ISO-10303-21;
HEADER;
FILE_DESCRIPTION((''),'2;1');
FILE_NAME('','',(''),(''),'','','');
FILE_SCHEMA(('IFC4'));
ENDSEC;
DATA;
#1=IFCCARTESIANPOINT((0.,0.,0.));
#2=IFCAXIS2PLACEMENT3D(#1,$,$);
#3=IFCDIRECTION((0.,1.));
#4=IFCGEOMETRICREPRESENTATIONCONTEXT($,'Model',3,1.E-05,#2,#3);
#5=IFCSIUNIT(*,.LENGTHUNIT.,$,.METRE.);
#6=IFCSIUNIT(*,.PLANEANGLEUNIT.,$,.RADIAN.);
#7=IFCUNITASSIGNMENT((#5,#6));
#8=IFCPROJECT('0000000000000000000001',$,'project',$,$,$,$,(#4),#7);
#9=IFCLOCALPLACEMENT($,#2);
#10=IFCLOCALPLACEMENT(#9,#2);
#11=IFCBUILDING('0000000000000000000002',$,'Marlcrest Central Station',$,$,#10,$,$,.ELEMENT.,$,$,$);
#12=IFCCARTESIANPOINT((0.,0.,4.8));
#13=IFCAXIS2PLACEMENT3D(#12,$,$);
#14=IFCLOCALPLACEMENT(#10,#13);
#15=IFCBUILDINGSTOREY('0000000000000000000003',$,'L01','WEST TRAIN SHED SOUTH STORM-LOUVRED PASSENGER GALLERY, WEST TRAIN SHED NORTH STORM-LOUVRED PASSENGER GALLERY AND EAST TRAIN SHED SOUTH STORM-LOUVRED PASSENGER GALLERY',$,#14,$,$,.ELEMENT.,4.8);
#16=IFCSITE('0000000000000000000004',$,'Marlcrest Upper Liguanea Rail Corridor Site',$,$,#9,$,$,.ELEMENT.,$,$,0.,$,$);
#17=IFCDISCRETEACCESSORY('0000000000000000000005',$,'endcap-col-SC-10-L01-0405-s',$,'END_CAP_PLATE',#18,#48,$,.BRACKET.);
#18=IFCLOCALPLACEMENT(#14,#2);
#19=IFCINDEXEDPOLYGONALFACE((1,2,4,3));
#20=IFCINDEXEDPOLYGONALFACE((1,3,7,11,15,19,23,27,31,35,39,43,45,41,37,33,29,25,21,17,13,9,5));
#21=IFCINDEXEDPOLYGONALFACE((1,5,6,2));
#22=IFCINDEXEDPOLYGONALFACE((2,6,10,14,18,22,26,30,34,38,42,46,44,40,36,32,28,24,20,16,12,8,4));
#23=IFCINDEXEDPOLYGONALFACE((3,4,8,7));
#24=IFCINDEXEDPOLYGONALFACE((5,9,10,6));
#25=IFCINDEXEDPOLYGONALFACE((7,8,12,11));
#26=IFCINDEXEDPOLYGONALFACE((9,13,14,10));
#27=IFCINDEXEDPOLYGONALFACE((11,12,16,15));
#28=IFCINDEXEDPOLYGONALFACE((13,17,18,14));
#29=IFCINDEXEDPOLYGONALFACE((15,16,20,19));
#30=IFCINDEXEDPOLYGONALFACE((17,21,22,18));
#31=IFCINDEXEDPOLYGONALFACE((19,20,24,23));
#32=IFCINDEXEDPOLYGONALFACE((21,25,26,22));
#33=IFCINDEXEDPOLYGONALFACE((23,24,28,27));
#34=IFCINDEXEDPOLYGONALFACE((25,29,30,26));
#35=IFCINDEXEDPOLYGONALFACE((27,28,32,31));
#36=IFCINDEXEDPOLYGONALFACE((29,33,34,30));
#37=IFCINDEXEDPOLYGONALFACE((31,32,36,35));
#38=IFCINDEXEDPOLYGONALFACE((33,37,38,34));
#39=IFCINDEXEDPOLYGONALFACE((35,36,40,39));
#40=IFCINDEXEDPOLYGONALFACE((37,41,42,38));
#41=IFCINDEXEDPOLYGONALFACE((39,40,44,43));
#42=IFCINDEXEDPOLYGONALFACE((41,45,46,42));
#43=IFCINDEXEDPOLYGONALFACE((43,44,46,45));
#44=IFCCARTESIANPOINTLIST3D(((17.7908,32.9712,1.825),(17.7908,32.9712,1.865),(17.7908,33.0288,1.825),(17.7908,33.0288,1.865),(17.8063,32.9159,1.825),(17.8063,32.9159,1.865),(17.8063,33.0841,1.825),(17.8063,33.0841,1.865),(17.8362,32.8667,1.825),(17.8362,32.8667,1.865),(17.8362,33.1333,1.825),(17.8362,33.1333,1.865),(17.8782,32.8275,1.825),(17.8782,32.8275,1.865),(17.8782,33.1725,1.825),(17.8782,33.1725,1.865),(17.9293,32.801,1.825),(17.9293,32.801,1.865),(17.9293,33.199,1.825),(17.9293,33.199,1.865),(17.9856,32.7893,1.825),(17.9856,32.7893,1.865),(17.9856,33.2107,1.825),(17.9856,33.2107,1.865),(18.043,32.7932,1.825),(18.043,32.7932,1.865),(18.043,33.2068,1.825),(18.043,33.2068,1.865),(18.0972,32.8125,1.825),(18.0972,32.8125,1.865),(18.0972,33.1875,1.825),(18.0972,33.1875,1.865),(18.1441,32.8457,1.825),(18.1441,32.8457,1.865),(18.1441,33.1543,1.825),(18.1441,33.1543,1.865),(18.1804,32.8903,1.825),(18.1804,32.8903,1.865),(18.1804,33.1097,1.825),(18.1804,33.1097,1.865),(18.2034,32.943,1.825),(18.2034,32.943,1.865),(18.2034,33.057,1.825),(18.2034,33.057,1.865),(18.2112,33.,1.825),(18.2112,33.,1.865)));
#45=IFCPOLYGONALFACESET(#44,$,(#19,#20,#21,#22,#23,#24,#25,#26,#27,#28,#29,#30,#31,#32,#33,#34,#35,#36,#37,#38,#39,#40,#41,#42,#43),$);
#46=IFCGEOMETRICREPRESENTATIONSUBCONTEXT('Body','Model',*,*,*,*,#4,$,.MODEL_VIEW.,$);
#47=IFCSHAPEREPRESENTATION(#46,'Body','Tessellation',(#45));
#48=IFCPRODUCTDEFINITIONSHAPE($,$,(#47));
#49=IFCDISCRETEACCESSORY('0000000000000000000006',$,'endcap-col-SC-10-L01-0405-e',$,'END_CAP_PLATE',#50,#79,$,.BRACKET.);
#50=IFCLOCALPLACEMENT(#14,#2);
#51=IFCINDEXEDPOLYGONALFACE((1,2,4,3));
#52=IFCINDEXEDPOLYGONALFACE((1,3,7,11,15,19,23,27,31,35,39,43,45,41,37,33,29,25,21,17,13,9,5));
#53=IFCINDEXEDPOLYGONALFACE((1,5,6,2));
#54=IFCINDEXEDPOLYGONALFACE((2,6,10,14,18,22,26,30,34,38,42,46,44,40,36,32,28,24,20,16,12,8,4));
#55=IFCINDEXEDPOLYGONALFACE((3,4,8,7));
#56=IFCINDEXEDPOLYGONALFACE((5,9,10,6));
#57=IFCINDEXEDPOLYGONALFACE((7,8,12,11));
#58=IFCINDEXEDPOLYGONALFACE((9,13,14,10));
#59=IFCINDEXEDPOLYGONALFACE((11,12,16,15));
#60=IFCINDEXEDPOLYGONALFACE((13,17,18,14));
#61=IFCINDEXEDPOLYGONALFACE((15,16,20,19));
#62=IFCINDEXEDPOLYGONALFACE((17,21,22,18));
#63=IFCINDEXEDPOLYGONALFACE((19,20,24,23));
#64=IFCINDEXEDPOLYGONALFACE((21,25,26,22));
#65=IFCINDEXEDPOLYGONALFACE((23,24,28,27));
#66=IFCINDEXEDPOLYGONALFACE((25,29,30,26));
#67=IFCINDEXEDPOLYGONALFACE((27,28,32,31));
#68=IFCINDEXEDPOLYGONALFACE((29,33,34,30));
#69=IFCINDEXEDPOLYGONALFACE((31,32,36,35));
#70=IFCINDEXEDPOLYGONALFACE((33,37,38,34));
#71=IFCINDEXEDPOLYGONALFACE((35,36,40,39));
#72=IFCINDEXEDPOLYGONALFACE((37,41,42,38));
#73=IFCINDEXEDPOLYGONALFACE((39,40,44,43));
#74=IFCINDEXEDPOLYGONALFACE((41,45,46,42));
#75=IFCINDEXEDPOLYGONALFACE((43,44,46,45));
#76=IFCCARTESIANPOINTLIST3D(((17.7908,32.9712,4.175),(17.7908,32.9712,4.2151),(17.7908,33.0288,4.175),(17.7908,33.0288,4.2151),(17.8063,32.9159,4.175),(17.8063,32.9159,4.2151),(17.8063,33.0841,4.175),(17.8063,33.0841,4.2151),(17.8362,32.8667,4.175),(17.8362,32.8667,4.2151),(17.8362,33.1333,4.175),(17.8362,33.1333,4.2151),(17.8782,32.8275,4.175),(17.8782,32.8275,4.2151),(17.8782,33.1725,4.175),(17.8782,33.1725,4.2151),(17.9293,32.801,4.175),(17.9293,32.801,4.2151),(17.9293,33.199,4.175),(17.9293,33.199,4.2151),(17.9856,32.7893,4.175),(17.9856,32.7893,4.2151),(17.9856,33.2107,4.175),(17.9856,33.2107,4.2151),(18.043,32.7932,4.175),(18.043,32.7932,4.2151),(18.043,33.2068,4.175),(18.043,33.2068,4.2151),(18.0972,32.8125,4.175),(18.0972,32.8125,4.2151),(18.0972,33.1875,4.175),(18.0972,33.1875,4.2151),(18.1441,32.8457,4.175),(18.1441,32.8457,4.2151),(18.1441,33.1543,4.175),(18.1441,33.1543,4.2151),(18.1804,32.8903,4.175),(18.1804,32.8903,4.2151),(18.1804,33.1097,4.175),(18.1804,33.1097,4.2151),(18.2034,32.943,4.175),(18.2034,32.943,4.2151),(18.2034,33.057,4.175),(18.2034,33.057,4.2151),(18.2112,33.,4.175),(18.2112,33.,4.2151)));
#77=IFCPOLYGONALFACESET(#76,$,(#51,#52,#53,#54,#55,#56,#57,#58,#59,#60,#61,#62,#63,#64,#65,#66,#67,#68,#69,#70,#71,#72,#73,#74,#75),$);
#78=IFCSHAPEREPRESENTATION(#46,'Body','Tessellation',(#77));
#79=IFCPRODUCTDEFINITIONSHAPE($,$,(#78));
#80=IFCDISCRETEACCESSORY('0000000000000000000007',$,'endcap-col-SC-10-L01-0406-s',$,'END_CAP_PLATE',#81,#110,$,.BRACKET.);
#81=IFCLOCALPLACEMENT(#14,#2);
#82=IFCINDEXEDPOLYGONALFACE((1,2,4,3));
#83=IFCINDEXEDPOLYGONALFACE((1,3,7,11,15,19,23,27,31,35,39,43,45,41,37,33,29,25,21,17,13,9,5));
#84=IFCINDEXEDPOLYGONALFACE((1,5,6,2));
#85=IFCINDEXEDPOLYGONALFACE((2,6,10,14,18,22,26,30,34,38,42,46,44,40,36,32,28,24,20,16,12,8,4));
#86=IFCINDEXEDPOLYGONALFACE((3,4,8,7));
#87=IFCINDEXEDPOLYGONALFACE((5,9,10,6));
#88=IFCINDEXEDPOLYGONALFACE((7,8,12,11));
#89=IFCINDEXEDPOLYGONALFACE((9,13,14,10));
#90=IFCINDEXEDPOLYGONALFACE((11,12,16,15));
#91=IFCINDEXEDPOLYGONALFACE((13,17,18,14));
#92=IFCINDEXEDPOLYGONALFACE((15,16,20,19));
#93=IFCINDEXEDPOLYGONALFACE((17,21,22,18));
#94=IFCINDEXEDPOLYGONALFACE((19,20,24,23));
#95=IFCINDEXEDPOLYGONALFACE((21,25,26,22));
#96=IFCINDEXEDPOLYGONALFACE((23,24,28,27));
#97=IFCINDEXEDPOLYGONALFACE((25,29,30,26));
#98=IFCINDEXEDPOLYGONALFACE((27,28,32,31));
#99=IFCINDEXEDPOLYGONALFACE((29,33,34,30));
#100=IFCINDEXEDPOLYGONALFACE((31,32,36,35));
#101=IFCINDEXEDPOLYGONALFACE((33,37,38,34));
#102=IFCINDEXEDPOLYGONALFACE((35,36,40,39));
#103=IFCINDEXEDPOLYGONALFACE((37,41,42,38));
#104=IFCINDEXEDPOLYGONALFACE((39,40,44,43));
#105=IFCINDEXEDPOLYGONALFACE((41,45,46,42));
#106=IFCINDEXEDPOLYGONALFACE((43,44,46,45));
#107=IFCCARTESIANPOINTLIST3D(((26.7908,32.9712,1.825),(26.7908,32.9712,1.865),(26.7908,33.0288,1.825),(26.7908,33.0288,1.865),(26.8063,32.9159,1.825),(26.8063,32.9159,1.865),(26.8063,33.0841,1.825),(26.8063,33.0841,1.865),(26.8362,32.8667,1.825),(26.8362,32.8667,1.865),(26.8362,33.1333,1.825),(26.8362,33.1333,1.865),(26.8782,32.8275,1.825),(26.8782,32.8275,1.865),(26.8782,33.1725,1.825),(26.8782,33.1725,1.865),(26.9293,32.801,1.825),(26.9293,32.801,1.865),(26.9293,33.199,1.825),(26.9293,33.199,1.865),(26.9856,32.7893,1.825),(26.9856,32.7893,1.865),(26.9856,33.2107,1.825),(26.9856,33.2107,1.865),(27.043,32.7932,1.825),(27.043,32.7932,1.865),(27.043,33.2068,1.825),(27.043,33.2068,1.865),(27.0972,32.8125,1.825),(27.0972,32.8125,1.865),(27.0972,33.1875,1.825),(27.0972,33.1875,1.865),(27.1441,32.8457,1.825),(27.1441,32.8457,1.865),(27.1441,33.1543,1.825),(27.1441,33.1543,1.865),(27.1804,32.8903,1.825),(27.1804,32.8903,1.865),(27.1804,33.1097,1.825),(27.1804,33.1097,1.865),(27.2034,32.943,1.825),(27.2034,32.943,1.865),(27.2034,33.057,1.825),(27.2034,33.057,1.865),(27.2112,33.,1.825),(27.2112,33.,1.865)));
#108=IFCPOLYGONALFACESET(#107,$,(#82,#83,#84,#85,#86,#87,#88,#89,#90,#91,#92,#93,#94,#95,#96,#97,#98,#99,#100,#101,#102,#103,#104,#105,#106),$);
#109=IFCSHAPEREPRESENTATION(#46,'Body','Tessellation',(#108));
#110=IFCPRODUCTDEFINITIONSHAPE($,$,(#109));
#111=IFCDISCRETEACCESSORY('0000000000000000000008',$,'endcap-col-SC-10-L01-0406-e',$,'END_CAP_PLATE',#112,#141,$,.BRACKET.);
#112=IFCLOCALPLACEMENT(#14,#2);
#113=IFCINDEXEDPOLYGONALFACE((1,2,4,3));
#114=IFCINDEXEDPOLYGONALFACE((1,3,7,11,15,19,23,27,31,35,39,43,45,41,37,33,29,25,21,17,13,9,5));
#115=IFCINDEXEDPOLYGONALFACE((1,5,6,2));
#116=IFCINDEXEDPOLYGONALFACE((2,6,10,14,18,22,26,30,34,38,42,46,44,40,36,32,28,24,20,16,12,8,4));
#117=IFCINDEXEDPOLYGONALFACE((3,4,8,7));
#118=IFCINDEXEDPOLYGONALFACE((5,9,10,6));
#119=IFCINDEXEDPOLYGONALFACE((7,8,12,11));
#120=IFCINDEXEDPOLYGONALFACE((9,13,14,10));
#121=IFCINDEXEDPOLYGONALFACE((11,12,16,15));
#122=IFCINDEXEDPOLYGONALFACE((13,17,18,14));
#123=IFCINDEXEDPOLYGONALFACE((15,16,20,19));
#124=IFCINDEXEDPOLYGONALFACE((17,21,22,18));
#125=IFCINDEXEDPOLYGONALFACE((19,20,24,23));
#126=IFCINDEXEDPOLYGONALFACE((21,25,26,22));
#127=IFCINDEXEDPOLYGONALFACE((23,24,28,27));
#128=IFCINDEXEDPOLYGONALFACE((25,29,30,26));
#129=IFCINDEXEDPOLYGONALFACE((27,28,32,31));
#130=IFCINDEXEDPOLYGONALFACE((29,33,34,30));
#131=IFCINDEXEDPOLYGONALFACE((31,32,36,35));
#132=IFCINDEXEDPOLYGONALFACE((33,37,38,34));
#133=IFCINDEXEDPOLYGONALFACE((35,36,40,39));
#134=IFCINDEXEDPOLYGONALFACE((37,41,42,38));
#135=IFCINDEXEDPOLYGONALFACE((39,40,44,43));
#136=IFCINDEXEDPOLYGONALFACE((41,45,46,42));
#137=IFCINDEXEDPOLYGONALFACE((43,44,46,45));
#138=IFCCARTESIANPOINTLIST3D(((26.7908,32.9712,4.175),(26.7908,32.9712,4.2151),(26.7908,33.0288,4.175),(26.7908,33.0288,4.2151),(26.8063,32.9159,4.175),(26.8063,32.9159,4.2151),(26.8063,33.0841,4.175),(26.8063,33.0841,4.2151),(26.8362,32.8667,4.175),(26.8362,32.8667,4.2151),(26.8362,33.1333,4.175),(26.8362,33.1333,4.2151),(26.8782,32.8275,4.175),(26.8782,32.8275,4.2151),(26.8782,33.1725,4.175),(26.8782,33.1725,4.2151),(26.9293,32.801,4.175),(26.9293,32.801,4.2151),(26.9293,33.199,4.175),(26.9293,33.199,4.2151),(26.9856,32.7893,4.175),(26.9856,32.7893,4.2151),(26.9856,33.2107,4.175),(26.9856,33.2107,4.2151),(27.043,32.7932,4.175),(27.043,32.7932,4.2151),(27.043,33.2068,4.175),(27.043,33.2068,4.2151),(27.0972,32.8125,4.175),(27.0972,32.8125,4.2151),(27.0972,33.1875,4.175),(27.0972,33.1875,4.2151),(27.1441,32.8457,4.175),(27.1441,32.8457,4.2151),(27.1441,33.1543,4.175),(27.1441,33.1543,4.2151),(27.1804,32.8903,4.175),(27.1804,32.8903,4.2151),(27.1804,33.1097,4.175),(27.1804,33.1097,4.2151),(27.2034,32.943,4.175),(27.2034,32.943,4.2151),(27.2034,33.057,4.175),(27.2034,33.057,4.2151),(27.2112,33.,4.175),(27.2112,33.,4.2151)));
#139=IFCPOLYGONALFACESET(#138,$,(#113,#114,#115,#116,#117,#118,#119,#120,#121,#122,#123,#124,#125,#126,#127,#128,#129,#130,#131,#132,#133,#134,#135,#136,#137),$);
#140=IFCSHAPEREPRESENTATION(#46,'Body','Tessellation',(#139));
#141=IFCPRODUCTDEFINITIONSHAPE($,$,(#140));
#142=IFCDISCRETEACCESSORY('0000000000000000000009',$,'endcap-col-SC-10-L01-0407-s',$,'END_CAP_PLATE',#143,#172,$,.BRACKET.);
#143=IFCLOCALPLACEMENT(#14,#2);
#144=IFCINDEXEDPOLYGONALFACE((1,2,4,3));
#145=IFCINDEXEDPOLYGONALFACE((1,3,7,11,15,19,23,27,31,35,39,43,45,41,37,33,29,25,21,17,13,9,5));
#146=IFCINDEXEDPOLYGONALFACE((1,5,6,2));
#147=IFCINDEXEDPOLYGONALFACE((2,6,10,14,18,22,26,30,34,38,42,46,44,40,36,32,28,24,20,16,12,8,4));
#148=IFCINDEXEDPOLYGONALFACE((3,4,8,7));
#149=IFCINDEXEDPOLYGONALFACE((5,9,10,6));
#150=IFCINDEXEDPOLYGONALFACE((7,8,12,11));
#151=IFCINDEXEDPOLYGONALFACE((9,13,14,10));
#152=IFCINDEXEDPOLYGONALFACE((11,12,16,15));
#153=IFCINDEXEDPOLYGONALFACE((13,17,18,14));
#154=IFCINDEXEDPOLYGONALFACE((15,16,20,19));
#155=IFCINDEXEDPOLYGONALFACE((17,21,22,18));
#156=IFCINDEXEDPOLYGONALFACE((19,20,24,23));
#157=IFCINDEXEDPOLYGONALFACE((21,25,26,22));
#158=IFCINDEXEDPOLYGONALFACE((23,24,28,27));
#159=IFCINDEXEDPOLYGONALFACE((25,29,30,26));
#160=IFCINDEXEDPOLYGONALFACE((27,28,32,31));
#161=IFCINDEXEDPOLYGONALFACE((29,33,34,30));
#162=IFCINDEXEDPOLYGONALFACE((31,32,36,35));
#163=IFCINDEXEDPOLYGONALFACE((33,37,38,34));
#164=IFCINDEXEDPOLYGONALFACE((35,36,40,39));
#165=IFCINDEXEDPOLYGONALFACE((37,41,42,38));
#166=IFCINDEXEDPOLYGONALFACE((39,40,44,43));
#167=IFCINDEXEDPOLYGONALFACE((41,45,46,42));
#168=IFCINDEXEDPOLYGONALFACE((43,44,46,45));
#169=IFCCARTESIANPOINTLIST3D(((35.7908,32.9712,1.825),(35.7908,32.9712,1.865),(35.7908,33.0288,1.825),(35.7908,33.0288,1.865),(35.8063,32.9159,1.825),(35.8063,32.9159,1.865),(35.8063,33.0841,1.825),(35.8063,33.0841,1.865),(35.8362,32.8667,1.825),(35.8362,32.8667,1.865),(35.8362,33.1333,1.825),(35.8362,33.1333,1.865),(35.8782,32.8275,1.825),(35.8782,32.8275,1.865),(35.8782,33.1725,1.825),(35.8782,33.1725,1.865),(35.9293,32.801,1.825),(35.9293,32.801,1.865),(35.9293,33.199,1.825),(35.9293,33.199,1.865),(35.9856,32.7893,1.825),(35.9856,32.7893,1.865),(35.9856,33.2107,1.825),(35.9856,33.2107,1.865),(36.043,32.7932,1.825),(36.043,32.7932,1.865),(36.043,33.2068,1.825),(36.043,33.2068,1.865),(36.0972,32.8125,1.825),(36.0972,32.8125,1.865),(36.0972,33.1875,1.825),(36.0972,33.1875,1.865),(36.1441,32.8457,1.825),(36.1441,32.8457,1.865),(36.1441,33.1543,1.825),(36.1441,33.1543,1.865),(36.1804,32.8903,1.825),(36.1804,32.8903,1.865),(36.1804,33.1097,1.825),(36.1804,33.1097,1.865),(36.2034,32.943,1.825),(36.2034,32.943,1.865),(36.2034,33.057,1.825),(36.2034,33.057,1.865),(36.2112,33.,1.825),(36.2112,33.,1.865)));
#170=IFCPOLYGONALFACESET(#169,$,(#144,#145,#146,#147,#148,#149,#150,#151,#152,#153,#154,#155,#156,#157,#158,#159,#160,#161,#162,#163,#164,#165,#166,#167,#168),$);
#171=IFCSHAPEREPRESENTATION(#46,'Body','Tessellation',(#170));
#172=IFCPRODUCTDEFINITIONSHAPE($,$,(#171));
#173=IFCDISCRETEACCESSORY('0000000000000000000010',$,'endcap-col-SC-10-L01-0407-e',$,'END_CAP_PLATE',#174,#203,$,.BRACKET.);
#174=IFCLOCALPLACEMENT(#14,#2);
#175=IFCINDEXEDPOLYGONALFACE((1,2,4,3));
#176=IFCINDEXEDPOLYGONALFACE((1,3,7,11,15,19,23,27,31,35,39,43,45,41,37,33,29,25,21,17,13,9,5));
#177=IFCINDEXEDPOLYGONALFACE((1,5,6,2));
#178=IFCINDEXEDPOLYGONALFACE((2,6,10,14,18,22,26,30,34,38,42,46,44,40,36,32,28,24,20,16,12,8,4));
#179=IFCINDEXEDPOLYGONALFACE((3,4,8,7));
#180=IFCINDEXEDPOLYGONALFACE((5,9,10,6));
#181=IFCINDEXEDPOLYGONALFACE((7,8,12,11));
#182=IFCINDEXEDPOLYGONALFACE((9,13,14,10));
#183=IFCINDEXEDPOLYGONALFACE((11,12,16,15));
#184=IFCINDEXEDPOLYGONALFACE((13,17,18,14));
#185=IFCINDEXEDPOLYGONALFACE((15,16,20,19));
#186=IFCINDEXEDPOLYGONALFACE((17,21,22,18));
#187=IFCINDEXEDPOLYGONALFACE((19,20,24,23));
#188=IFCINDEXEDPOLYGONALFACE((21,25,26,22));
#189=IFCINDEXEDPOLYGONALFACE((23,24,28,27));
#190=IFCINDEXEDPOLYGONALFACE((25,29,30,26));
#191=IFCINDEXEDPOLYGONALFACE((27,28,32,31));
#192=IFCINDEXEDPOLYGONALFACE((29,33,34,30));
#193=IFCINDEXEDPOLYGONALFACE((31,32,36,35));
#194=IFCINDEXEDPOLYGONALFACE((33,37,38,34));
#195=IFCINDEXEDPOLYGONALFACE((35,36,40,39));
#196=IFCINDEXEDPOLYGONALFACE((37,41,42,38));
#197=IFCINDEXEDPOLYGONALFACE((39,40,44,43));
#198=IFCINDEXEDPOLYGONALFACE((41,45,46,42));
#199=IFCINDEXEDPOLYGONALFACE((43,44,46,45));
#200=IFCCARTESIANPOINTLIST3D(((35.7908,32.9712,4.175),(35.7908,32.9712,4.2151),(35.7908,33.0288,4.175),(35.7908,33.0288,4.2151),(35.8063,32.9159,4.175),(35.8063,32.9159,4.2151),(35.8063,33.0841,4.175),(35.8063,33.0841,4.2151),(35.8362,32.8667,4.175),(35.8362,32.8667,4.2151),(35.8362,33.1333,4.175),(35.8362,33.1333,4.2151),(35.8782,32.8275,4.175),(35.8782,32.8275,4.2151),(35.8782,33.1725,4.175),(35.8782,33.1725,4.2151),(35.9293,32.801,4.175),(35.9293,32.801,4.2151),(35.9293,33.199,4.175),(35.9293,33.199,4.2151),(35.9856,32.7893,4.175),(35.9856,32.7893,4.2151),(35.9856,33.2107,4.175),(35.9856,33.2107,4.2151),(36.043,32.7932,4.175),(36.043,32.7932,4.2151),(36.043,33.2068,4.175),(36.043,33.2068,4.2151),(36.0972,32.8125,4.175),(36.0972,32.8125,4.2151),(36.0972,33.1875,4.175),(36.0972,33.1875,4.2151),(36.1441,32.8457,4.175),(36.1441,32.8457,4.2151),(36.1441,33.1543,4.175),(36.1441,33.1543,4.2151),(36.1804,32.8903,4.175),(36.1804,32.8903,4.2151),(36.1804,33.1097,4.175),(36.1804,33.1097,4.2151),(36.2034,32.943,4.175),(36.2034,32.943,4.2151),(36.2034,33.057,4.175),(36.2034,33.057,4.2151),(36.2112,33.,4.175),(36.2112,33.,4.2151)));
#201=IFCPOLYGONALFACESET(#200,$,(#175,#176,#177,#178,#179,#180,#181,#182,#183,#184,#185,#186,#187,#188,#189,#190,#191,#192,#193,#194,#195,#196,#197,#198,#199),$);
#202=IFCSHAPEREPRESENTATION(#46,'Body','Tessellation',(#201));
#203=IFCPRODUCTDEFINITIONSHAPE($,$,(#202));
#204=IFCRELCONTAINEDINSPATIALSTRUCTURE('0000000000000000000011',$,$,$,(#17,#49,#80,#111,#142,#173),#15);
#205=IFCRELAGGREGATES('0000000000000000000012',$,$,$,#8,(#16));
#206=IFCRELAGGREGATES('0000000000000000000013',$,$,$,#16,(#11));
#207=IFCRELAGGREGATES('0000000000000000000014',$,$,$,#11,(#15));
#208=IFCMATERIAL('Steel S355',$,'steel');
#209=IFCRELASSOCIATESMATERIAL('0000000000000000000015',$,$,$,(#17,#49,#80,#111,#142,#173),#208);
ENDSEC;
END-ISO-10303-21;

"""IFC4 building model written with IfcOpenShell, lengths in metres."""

from ifc_helpers import new_model, si_unit, direction, frame, origin, origin_2d, place, context, subcontext, project, spatial, circle, extrude, material, element, save


model = new_model("IFC4")

# Units and contexts
model_context = context("Model", 3, precision=1e-05, world=origin(), true_north=direction((0.0, 1.0)))
body_context = subcontext(model_context, "Body", "Model", "MODEL_VIEW")
ifc_project = project(units=[si_unit("LENGTHUNIT", "METRE"), si_unit("PLANEANGLEUNIT", "RADIAN")], contexts=[model_context])

# Site, building, storey
site_placement = place(None, origin())
site = spatial("IfcSite", under=ifc_project, at=site_placement, Name="Marlcrest Upper Liguanea Rail Corridor Site", CompositionType="ELEMENT", RefElevation=0.0)
building_placement = place(site_placement, origin())
building = spatial("IfcBuilding", under=site, at=building_placement, Name="Marlcrest Central Station", CompositionType="ELEMENT")
storey_placement = place(building_placement, frame((0.0, 0.0, 4.8)))
storey = spatial("IfcBuildingStorey", under=building, at=storey_placement, Name="L01", Description="WEST TRAIN SHED SOUTH STORM-LOUVRED PASSENGER GALLERY, WEST TRAIN SHED NORTH STORM-LOUVRED PASSENGER GALLERY AND EAST TRAIN SHED SOUTH STORM-LOUVRED PASSENGER GALLERY", CompositionType="ELEMENT", Elevation=4.8)

# Shared definitions
ifc_material_1 = material(Name="Steel S355", Category="steel")

# Discrete accessories
for number, where, z_axis, x_axis, name in (
    (1, (18.0, 33.0, 1.825), (0.0, 0.0, 1.0), (1.0, 0.0, 0.0), "endcap-col-SC-10-L01-0405-s"),
    (2, (18.0, 33.0, 4.175), (0.0, 0.0, 1.0), (1.0, 0.0, 0.0), "endcap-col-SC-10-L01-0405-e"),
    (3, (27.0, 33.0, 1.825), (0.0, 0.0, 1.0), (1.0, 0.0, 0.0), "endcap-col-SC-10-L01-0406-s"),
    (4, (27.0, 33.0, 4.175), (0.0, 0.0, 1.0), (1.0, 0.0, 0.0), "endcap-col-SC-10-L01-0406-e"),
    (5, (36.0, 33.0, 1.825), (0.0, 0.0, 1.0), (1.0, 0.0, 0.0), "endcap-col-SC-10-L01-0407-s"),
    (6, (36.0, 33.0, 4.175), (0.0, 0.0, 1.0), (1.0, 0.0, 0.0), "endcap-col-SC-10-L01-0407-e"),
):
    element("IfcDiscreteAccessory", number, at=place(storey_placement, frame(where, z_axis=z_axis, x_axis=x_axis)), inside=storey, material=ifc_material_1, Name=name, ObjectType="END_CAP_PLATE", PredefinedType="BRACKET", context=body_context, shape_type="SweptSolid", body=[
        extrude(circle(Radius=0.2112, at=origin_2d()), origin(), (0.0, 0.0, 1.0), 0.04),
    ])

save(model, "model.ifc")
